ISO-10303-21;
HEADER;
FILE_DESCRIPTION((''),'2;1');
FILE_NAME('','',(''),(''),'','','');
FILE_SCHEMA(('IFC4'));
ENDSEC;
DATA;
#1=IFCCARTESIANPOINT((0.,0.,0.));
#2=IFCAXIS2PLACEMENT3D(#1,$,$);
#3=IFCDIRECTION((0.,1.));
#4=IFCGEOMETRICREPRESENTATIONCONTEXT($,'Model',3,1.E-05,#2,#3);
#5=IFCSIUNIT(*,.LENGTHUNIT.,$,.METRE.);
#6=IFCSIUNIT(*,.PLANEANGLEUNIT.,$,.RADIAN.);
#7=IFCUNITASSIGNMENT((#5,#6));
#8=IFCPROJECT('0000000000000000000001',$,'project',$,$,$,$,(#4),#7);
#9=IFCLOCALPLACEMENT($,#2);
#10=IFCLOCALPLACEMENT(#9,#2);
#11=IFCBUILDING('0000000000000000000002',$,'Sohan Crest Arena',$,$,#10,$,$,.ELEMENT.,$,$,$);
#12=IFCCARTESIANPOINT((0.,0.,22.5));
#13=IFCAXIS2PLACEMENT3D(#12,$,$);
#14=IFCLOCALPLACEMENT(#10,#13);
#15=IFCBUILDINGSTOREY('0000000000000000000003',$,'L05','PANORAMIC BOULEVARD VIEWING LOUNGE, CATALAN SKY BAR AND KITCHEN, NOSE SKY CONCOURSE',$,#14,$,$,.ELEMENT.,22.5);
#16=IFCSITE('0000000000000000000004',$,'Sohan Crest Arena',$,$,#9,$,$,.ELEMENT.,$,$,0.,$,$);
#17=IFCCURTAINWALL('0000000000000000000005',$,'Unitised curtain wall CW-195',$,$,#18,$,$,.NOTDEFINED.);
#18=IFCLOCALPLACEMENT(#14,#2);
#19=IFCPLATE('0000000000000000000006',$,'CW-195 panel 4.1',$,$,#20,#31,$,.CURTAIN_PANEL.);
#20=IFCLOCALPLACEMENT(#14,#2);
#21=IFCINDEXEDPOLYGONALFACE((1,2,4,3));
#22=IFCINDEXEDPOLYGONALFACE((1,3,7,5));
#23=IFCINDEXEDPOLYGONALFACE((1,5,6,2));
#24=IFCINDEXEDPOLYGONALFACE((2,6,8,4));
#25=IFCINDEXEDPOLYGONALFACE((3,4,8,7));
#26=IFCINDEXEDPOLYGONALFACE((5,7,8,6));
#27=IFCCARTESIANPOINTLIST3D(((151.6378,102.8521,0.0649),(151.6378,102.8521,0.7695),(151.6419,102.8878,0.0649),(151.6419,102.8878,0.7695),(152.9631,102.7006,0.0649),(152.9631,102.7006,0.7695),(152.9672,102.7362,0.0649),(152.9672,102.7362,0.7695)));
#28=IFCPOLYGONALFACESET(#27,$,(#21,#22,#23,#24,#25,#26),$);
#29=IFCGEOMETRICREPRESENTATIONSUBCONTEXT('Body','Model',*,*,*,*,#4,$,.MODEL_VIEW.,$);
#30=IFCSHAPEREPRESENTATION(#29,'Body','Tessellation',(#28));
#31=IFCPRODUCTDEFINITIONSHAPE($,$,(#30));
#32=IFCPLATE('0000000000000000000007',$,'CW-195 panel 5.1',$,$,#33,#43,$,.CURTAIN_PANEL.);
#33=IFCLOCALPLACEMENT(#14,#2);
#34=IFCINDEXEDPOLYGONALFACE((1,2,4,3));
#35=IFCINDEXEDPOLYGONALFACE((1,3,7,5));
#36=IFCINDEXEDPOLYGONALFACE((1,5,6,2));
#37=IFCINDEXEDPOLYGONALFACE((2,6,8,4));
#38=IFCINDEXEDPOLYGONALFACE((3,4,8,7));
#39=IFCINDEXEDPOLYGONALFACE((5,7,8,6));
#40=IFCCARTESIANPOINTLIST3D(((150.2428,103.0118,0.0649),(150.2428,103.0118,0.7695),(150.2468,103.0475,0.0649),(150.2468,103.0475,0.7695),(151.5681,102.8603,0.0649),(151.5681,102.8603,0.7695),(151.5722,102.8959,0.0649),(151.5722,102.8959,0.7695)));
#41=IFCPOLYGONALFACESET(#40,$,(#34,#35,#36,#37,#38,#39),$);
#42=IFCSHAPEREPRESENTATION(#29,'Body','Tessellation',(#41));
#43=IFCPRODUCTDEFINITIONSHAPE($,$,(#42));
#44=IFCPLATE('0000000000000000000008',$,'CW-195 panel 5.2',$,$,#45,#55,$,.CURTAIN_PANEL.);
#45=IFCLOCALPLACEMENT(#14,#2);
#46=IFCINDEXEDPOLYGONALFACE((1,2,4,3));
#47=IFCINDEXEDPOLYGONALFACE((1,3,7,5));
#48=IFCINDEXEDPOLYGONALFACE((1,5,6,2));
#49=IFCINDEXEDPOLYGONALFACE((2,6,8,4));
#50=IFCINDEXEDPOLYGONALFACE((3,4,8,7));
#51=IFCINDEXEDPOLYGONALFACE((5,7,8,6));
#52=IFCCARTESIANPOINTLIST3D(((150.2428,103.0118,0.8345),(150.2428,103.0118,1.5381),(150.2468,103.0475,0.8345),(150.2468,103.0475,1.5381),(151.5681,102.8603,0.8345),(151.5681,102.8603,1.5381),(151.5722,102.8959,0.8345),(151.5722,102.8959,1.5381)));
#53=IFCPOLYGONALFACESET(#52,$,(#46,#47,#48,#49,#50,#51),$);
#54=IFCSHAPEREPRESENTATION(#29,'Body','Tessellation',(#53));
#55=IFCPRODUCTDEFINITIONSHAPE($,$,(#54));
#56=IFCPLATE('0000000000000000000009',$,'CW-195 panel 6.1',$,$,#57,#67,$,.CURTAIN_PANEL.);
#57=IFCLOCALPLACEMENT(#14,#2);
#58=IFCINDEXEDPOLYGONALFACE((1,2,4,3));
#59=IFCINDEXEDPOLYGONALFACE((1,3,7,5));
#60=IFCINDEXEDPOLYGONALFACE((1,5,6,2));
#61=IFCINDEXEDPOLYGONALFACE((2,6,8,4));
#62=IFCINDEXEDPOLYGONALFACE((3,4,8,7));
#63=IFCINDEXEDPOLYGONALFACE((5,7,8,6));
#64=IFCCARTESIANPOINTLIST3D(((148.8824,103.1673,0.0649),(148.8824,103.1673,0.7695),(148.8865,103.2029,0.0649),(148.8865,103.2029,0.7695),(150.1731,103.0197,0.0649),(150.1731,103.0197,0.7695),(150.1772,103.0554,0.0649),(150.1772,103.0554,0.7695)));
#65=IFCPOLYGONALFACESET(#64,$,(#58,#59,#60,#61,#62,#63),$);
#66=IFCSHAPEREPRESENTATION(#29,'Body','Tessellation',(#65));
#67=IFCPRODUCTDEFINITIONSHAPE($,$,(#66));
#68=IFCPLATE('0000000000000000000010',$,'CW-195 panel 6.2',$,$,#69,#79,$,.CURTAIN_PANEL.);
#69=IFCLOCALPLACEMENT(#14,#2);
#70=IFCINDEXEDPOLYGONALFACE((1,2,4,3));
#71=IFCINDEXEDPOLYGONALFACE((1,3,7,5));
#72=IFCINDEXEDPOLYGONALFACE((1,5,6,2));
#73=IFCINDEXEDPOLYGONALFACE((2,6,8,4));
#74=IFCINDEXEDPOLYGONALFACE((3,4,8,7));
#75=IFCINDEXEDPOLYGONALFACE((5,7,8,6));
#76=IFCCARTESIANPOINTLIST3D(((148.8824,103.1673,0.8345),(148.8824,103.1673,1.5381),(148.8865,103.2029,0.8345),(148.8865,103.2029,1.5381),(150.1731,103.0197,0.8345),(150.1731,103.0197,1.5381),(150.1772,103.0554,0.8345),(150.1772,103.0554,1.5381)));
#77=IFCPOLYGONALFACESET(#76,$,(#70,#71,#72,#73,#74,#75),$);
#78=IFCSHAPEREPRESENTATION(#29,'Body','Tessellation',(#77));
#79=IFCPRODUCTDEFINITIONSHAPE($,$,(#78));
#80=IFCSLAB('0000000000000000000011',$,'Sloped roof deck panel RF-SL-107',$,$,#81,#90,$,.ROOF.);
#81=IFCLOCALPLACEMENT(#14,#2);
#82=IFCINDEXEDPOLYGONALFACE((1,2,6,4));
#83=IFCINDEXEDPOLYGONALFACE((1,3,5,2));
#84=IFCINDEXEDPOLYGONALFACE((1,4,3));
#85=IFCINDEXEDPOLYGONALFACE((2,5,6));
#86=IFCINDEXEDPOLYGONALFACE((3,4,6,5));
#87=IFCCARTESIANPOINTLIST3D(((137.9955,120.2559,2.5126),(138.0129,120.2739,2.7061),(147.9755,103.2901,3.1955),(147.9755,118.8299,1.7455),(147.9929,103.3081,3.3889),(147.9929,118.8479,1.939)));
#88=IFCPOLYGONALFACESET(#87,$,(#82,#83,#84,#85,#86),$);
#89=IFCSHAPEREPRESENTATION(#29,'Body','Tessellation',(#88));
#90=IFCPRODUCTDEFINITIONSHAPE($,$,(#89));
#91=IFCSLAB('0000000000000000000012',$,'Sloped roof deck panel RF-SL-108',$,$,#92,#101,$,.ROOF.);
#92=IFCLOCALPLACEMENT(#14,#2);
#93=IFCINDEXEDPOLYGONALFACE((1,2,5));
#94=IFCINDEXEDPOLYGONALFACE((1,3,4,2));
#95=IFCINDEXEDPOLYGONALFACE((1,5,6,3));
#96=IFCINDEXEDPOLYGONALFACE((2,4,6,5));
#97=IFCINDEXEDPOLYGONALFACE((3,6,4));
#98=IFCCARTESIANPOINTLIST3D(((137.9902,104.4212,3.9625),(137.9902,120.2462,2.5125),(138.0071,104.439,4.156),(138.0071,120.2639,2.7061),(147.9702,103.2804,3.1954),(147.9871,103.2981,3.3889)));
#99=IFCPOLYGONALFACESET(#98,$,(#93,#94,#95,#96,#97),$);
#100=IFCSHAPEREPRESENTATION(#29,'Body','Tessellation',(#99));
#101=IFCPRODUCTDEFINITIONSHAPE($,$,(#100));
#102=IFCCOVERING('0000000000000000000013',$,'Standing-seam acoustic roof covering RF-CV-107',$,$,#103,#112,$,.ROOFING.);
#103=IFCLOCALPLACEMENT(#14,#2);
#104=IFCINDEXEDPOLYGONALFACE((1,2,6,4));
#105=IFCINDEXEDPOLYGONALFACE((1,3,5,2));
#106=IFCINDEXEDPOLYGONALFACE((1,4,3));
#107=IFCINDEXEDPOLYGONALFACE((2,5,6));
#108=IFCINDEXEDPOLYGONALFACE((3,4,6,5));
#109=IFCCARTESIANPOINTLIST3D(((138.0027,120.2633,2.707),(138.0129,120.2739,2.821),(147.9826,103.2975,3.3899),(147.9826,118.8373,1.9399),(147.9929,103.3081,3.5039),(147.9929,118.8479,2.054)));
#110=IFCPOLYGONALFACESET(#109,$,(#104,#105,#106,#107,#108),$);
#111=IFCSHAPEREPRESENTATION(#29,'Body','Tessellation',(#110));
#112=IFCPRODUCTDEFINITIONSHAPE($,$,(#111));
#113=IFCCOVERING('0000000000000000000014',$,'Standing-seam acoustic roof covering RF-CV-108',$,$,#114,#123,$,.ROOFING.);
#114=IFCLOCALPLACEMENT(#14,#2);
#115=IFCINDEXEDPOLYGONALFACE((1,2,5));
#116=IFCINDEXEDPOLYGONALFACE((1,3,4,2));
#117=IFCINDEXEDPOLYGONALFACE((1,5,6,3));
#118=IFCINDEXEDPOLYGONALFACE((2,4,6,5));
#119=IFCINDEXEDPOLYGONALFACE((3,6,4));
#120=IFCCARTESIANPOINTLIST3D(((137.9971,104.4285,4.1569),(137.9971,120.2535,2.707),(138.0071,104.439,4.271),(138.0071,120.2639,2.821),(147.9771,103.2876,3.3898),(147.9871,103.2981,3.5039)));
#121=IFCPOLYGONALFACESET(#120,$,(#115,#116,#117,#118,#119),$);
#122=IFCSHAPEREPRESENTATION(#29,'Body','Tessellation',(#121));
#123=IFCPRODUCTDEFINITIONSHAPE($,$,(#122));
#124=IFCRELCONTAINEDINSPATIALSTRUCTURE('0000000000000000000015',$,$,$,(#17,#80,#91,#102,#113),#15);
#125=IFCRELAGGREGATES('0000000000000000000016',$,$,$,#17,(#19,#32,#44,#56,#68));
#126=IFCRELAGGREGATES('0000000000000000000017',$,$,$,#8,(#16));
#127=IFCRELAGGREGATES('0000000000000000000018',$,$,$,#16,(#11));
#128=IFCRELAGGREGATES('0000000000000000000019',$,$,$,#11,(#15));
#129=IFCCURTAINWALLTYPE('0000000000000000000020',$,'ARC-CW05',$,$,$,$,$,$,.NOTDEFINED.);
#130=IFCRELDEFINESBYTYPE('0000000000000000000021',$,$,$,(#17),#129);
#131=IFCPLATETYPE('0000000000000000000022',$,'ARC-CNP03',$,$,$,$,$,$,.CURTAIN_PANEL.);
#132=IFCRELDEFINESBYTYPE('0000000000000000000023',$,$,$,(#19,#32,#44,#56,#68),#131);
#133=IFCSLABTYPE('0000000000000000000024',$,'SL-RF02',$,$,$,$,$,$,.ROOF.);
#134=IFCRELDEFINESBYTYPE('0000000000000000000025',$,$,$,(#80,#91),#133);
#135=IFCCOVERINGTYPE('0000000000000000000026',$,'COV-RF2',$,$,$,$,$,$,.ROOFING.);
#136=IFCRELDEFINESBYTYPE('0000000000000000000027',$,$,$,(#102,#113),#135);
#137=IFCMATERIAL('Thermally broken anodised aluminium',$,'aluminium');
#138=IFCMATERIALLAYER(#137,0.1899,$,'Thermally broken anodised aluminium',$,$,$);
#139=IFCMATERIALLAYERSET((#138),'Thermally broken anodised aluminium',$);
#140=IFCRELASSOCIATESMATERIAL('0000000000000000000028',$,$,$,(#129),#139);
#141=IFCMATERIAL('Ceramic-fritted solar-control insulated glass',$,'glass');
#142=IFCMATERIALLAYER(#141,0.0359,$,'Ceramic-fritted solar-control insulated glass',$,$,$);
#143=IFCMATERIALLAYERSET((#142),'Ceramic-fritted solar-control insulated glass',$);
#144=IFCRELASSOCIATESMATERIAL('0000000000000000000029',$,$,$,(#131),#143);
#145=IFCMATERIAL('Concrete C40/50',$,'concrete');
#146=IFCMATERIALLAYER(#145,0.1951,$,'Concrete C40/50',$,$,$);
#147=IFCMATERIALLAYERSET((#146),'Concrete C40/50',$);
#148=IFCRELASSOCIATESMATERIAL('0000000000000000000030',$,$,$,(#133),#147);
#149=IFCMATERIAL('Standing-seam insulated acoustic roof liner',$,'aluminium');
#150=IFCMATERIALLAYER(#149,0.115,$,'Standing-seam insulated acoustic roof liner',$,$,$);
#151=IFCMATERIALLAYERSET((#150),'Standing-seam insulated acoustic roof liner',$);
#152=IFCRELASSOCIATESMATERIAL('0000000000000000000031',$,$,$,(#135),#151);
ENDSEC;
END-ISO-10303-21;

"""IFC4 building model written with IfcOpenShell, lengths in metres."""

from ifc_helpers import new_model, si_unit, direction, frame, origin, origin_2d, place, context, subcontext, project, spatial, polyline, rectangle, outline, extrude, material, layer, layer_set, type_object, element, aggregate, save


model = new_model("IFC4")

# Units and contexts
model_context = context("Model", 3, precision=1e-05, world=origin(), true_north=direction((0.0, 1.0)))
body_context = subcontext(model_context, "Body", "Model", "MODEL_VIEW")
ifc_project = project(units=[si_unit("LENGTHUNIT", "METRE"), si_unit("PLANEANGLEUNIT", "RADIAN")], contexts=[model_context])

# Site, building, storey
site_placement = place(None, origin())
site = spatial("IfcSite", under=ifc_project, at=site_placement, Name="Sohan Crest Arena", CompositionType="ELEMENT", RefElevation=0.0)
building_placement = place(site_placement, origin())
building = spatial("IfcBuilding", under=site, at=building_placement, Name="Sohan Crest Arena", CompositionType="ELEMENT")
storey_placement = place(building_placement, frame((0.0, 0.0, 22.5)))
storey = spatial("IfcBuildingStorey", under=building, at=storey_placement, Name="L05", Description="PANORAMIC BOULEVARD VIEWING LOUNGE, CATALAN SKY BAR AND KITCHEN, NOSE SKY CONCOURSE", CompositionType="ELEMENT", Elevation=22.5)

# Shared definitions
ifc_material_1 = material(Name="Concrete C40/50", Category="concrete")

# Curtain wall
ifc_material_2 = material(Name="Thermally broken anodised aluminium", Category="aluminium")
ifc_layer_1 = layer(ifc_material_2, 0.1899, Name="Thermally broken anodised aluminium")
ifc_layer_set_1 = layer_set([ifc_layer_1], Name="Thermally broken anodised aluminium")
curtain_wall_type = type_object("IfcCurtainWallType", Name="ARC-CW05", PredefinedType="NOTDEFINED", material=ifc_layer_set_1)
curtain_wall_1_placement = place(storey_placement, origin())
curtain_wall_1 = element("IfcCurtainWall", 1, at=curtain_wall_1_placement, inside=storey, type_object=curtain_wall_type, Name="Unitised curtain wall CW-195", PredefinedType="NOTDEFINED")

# Plates
ifc_material_3 = material(Name="Ceramic-fritted solar-control insulated glass", Category="glass")
ifc_layer_2 = layer(ifc_material_3, 0.0359, Name="Ceramic-fritted solar-control insulated glass")
ifc_layer_set_2 = layer_set([ifc_layer_2], Name="Ceramic-fritted solar-control insulated glass")
plate_type = type_object("IfcPlateType", Name="ARC-CNP03", PredefinedType="CURTAIN_PANEL", material=ifc_layer_set_2)
plate_1_placement = place(storey_placement, frame((152.3025, 102.7942, 0.0649), z_axis=(0.0, 0.0, 1.0), x_axis=(-0.993527, 0.113597, 0.0)))
plate_1 = element("IfcPlate", 2, at=plate_1_placement, type_object=plate_type, Name="CW-195 panel 4.1", PredefinedType="CURTAIN_PANEL", context=body_context, shape_type="SweptSolid", body=[
    extrude(rectangle(XDim=1.334, YDim=0.0359, at=origin_2d()), origin(), (0.0, 0.0, 1.0), 0.7046),
])
plate_2_placement = place(storey_placement, frame((150.9075, 102.9539, 0.0649), z_axis=(0.0, 0.0, 1.0), x_axis=(-0.993527, 0.113597, 0.0)))
plate_2 = element("IfcPlate", 3, at=plate_2_placement, type_object=plate_type, Name="CW-195 panel 5.1", PredefinedType="CURTAIN_PANEL", context=body_context, shape_type="SweptSolid", body=[
    extrude(rectangle(XDim=1.334, YDim=0.0359, at=origin_2d()), origin(), (0.0, 0.0, 1.0), 0.7046),
])
plate_3_placement = place(storey_placement, frame((150.9075, 102.9539, 0.8345), z_axis=(0.0, 0.0, 1.0), x_axis=(-0.993527, 0.113597, 0.0)))
plate_3 = element("IfcPlate", 4, at=plate_3_placement, type_object=plate_type, Name="CW-195 panel 5.2", PredefinedType="CURTAIN_PANEL", context=body_context, shape_type="SweptSolid", body=[
    extrude(rectangle(XDim=1.334, YDim=0.0359, at=origin_2d()), origin(), (0.0, 0.0, 1.0), 0.7036),
])
plate_4_placement = place(storey_placement, frame((149.5298, 103.1113, 0.0649), z_axis=(0.0, 0.0, 1.0), x_axis=(-0.993527, 0.113597, 0.0)))
plate_4 = element("IfcPlate", 5, at=plate_4_placement, type_object=plate_type, Name="CW-195 panel 6.1", PredefinedType="CURTAIN_PANEL", context=body_context, shape_type="SweptSolid", body=[
    extrude(rectangle(XDim=1.2991, YDim=0.0359, at=origin_2d()), origin(), (0.0, 0.0, 1.0), 0.7046),
])
plate_5_placement = place(storey_placement, frame((149.5298, 103.1113, 0.8345), z_axis=(0.0, 0.0, 1.0), x_axis=(-0.993527, 0.113597, 0.0)))
plate_5 = element("IfcPlate", 6, at=plate_5_placement, type_object=plate_type, Name="CW-195 panel 6.2", PredefinedType="CURTAIN_PANEL", context=body_context, shape_type="SweptSolid", body=[
    extrude(rectangle(XDim=1.2991, YDim=0.0359, at=origin_2d()), origin(), (0.0, 0.0, 1.0), 0.7036),
])
aggregate(curtain_wall_1, [plate_1, plate_2, plate_3, plate_4, plate_5])

# Slabs
ifc_layer_3 = layer(ifc_material_1, 0.1951, Name="Concrete C40/50")
ifc_layer_set_3 = layer_set([ifc_layer_3], Name="Concrete C40/50")
slab_type = type_object("IfcSlabType", Name="SL-RF02", PredefinedType="ROOF", material=ifc_layer_set_3)
slab_1_placement = place(storey_placement, frame((147.9929, 103.3081, 3.3889), z_axis=(0.089445, 0.09253, 0.991684), x_axis=(0.0, 0.995675, -0.092902)))
element("IfcSlab", 7, at=slab_1_placement, inside=storey, type_object=slab_type, Name="Sloped roof deck panel RF-SL-107", PredefinedType="ROOF", context=body_context, shape_type="SweptSolid", body=[
    extrude(outline(polyline([(0.0, 0.0), (15.6073, 0.0), (16.9559, 10.0201), (0.0, 0.0)])), origin(), (0.0, 0.0, -1.0), 0.1951),
])
slab_2_placement = place(storey_placement, frame((147.9871, 103.2981, 3.3889), z_axis=(0.086646, 0.090899, 0.992084), x_axis=(-0.506719, 0.861414, -0.034671)))
element("IfcSlab", 8, at=slab_2_placement, inside=storey, type_object=slab_type, Name="Sloped roof deck panel RF-SL-108", PredefinedType="ROOF", context=body_context, shape_type="SweptSolid", body=[
    extrude(outline(polyline([(0.0, 0.0), (19.6953, 0.0), (6.0132, 8.0828), (0.0, 0.0)])), origin(), (0.0, 0.0, -1.0), 0.1951),
])

# Coverings
ifc_material_4 = material(Name="Standing-seam insulated acoustic roof liner", Category="aluminium")
ifc_layer_4 = layer(ifc_material_4, 0.115, Name="Standing-seam insulated acoustic roof liner")
ifc_layer_set_4 = layer_set([ifc_layer_4], Name="Standing-seam insulated acoustic roof liner")
covering_type = type_object("IfcCoveringType", Name="COV-RF2", PredefinedType="ROOFING", material=ifc_layer_set_4)
covering_1_placement = place(storey_placement, frame((147.9929, 103.3081, 3.5039), z_axis=(0.089445, 0.09253, 0.991684), x_axis=(0.0, 0.995675, -0.092902)))
element("IfcCovering", 9, at=covering_1_placement, inside=storey, type_object=covering_type, Name="Standing-seam acoustic roof covering RF-CV-107", PredefinedType="ROOFING", context=body_context, shape_type="SweptSolid", body=[
    extrude(outline(polyline([(0.0, 0.0), (15.6073, 0.0), (16.9559, 10.0201), (0.0, 0.0)])), origin(), (0.0, 0.0, -1.0), 0.115),
])
covering_2_placement = place(storey_placement, frame((147.9871, 103.2981, 3.5039), z_axis=(0.086646, 0.090899, 0.992084), x_axis=(-0.506719, 0.861414, -0.034671)))
element("IfcCovering", 10, at=covering_2_placement, inside=storey, type_object=covering_type, Name="Standing-seam acoustic roof covering RF-CV-108", PredefinedType="ROOFING", context=body_context, shape_type="SweptSolid", body=[
    extrude(outline(polyline([(0.0, 0.0), (19.6953, 0.0), (6.0132, 8.0828), (0.0, 0.0)])), origin(), (0.0, 0.0, -1.0), 0.115),
])

save(model, "model.ifc")
